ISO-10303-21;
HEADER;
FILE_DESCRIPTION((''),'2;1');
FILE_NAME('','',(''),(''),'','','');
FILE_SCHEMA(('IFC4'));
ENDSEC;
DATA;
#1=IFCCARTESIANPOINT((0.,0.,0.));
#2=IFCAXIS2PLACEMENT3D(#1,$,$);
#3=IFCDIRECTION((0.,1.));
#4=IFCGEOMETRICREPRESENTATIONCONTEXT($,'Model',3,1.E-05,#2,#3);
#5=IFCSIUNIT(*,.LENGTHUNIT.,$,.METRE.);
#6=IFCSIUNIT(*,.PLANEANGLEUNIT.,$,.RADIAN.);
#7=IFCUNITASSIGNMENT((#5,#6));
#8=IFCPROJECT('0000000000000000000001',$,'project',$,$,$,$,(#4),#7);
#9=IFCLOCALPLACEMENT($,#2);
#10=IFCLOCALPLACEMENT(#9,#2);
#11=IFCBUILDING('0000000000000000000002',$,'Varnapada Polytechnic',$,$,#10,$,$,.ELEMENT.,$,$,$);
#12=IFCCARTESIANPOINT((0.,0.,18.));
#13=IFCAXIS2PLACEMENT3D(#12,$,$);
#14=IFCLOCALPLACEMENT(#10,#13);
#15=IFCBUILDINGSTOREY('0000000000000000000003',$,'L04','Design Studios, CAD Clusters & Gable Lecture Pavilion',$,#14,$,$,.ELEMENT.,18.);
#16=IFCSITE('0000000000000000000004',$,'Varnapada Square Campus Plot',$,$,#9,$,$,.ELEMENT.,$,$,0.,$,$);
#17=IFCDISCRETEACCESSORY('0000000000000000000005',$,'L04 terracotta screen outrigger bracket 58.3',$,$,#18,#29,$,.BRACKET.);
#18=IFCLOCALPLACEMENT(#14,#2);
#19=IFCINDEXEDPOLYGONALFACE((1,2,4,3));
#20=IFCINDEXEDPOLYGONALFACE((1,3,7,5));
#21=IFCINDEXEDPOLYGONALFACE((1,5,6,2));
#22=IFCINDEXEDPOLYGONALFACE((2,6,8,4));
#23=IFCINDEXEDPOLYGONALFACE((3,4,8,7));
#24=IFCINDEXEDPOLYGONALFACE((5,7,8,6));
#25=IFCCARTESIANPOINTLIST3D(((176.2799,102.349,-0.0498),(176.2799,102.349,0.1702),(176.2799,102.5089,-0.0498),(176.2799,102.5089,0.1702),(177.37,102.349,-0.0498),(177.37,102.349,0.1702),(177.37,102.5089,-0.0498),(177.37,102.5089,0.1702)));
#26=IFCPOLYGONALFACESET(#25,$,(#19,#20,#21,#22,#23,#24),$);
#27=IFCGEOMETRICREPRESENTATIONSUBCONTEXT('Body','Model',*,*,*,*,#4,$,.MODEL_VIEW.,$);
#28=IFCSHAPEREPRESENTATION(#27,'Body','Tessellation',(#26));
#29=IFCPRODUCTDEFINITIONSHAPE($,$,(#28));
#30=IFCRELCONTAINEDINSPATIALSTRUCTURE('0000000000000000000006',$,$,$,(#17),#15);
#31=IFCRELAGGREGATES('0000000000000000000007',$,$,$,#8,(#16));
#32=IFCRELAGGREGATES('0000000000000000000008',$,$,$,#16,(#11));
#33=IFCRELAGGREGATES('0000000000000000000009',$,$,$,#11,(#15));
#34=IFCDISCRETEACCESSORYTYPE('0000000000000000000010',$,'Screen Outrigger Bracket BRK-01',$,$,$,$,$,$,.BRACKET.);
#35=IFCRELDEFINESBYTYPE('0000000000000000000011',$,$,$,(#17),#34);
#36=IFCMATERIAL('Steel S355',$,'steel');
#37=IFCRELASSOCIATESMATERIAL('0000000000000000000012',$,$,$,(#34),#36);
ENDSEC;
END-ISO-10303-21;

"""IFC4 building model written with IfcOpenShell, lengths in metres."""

from ifc_helpers import new_model, si_unit, direction, frame, origin, origin_2d, place, context, subcontext, project, spatial, rectangle, extrude, material, type_object, element, save


model = new_model("IFC4")

# Units and contexts
model_context = context("Model", 3, precision=1e-05, world=origin(), true_north=direction((0.0, 1.0)))
body_context = subcontext(model_context, "Body", "Model", "MODEL_VIEW")
ifc_project = project(units=[si_unit("LENGTHUNIT", "METRE"), si_unit("PLANEANGLEUNIT", "RADIAN")], contexts=[model_context])

# Site, building, storey
site_placement = place(None, origin())
site = spatial("IfcSite", under=ifc_project, at=site_placement, Name="Varnapada Square Campus Plot", CompositionType="ELEMENT", RefElevation=0.0)
building_placement = place(site_placement, origin())
building = spatial("IfcBuilding", under=site, at=building_placement, Name="Varnapada Polytechnic", CompositionType="ELEMENT")
storey_placement = place(building_placement, frame((0.0, 0.0, 18.0)))
storey = spatial("IfcBuildingStorey", under=building, at=storey_placement, Name="L04", Description="Design Studios, CAD Clusters & Gable Lecture Pavilion", CompositionType="ELEMENT", Elevation=18.0)

# Discrete accessory
ifc_material_1 = material(Name="Steel S355", Category="steel")
discrete_accessory_type = type_object("IfcDiscreteAccessoryType", Name="Screen Outrigger Bracket BRK-01", PredefinedType="BRACKET", material=ifc_material_1)
for number, where, z_axis, x_axis, name in (
    (1, (176.825, 102.429, -0.0498), (0.0, 0.0, 1.0), (0.0, -1.0, 0.0), "L04 terracotta screen outrigger bracket 58.3"),
):
    element("IfcDiscreteAccessory", number, at=place(storey_placement, frame(where, z_axis=z_axis, x_axis=x_axis)), inside=storey, type_object=discrete_accessory_type, Name=name, PredefinedType="BRACKET", context=body_context, shape_type="SweptSolid", body=[
        extrude(rectangle(XDim=0.1599, YDim=1.0901, at=origin_2d()), origin(), (0.0, 0.0, 1.0), 0.22),
    ])

save(model, "model.ifc")
